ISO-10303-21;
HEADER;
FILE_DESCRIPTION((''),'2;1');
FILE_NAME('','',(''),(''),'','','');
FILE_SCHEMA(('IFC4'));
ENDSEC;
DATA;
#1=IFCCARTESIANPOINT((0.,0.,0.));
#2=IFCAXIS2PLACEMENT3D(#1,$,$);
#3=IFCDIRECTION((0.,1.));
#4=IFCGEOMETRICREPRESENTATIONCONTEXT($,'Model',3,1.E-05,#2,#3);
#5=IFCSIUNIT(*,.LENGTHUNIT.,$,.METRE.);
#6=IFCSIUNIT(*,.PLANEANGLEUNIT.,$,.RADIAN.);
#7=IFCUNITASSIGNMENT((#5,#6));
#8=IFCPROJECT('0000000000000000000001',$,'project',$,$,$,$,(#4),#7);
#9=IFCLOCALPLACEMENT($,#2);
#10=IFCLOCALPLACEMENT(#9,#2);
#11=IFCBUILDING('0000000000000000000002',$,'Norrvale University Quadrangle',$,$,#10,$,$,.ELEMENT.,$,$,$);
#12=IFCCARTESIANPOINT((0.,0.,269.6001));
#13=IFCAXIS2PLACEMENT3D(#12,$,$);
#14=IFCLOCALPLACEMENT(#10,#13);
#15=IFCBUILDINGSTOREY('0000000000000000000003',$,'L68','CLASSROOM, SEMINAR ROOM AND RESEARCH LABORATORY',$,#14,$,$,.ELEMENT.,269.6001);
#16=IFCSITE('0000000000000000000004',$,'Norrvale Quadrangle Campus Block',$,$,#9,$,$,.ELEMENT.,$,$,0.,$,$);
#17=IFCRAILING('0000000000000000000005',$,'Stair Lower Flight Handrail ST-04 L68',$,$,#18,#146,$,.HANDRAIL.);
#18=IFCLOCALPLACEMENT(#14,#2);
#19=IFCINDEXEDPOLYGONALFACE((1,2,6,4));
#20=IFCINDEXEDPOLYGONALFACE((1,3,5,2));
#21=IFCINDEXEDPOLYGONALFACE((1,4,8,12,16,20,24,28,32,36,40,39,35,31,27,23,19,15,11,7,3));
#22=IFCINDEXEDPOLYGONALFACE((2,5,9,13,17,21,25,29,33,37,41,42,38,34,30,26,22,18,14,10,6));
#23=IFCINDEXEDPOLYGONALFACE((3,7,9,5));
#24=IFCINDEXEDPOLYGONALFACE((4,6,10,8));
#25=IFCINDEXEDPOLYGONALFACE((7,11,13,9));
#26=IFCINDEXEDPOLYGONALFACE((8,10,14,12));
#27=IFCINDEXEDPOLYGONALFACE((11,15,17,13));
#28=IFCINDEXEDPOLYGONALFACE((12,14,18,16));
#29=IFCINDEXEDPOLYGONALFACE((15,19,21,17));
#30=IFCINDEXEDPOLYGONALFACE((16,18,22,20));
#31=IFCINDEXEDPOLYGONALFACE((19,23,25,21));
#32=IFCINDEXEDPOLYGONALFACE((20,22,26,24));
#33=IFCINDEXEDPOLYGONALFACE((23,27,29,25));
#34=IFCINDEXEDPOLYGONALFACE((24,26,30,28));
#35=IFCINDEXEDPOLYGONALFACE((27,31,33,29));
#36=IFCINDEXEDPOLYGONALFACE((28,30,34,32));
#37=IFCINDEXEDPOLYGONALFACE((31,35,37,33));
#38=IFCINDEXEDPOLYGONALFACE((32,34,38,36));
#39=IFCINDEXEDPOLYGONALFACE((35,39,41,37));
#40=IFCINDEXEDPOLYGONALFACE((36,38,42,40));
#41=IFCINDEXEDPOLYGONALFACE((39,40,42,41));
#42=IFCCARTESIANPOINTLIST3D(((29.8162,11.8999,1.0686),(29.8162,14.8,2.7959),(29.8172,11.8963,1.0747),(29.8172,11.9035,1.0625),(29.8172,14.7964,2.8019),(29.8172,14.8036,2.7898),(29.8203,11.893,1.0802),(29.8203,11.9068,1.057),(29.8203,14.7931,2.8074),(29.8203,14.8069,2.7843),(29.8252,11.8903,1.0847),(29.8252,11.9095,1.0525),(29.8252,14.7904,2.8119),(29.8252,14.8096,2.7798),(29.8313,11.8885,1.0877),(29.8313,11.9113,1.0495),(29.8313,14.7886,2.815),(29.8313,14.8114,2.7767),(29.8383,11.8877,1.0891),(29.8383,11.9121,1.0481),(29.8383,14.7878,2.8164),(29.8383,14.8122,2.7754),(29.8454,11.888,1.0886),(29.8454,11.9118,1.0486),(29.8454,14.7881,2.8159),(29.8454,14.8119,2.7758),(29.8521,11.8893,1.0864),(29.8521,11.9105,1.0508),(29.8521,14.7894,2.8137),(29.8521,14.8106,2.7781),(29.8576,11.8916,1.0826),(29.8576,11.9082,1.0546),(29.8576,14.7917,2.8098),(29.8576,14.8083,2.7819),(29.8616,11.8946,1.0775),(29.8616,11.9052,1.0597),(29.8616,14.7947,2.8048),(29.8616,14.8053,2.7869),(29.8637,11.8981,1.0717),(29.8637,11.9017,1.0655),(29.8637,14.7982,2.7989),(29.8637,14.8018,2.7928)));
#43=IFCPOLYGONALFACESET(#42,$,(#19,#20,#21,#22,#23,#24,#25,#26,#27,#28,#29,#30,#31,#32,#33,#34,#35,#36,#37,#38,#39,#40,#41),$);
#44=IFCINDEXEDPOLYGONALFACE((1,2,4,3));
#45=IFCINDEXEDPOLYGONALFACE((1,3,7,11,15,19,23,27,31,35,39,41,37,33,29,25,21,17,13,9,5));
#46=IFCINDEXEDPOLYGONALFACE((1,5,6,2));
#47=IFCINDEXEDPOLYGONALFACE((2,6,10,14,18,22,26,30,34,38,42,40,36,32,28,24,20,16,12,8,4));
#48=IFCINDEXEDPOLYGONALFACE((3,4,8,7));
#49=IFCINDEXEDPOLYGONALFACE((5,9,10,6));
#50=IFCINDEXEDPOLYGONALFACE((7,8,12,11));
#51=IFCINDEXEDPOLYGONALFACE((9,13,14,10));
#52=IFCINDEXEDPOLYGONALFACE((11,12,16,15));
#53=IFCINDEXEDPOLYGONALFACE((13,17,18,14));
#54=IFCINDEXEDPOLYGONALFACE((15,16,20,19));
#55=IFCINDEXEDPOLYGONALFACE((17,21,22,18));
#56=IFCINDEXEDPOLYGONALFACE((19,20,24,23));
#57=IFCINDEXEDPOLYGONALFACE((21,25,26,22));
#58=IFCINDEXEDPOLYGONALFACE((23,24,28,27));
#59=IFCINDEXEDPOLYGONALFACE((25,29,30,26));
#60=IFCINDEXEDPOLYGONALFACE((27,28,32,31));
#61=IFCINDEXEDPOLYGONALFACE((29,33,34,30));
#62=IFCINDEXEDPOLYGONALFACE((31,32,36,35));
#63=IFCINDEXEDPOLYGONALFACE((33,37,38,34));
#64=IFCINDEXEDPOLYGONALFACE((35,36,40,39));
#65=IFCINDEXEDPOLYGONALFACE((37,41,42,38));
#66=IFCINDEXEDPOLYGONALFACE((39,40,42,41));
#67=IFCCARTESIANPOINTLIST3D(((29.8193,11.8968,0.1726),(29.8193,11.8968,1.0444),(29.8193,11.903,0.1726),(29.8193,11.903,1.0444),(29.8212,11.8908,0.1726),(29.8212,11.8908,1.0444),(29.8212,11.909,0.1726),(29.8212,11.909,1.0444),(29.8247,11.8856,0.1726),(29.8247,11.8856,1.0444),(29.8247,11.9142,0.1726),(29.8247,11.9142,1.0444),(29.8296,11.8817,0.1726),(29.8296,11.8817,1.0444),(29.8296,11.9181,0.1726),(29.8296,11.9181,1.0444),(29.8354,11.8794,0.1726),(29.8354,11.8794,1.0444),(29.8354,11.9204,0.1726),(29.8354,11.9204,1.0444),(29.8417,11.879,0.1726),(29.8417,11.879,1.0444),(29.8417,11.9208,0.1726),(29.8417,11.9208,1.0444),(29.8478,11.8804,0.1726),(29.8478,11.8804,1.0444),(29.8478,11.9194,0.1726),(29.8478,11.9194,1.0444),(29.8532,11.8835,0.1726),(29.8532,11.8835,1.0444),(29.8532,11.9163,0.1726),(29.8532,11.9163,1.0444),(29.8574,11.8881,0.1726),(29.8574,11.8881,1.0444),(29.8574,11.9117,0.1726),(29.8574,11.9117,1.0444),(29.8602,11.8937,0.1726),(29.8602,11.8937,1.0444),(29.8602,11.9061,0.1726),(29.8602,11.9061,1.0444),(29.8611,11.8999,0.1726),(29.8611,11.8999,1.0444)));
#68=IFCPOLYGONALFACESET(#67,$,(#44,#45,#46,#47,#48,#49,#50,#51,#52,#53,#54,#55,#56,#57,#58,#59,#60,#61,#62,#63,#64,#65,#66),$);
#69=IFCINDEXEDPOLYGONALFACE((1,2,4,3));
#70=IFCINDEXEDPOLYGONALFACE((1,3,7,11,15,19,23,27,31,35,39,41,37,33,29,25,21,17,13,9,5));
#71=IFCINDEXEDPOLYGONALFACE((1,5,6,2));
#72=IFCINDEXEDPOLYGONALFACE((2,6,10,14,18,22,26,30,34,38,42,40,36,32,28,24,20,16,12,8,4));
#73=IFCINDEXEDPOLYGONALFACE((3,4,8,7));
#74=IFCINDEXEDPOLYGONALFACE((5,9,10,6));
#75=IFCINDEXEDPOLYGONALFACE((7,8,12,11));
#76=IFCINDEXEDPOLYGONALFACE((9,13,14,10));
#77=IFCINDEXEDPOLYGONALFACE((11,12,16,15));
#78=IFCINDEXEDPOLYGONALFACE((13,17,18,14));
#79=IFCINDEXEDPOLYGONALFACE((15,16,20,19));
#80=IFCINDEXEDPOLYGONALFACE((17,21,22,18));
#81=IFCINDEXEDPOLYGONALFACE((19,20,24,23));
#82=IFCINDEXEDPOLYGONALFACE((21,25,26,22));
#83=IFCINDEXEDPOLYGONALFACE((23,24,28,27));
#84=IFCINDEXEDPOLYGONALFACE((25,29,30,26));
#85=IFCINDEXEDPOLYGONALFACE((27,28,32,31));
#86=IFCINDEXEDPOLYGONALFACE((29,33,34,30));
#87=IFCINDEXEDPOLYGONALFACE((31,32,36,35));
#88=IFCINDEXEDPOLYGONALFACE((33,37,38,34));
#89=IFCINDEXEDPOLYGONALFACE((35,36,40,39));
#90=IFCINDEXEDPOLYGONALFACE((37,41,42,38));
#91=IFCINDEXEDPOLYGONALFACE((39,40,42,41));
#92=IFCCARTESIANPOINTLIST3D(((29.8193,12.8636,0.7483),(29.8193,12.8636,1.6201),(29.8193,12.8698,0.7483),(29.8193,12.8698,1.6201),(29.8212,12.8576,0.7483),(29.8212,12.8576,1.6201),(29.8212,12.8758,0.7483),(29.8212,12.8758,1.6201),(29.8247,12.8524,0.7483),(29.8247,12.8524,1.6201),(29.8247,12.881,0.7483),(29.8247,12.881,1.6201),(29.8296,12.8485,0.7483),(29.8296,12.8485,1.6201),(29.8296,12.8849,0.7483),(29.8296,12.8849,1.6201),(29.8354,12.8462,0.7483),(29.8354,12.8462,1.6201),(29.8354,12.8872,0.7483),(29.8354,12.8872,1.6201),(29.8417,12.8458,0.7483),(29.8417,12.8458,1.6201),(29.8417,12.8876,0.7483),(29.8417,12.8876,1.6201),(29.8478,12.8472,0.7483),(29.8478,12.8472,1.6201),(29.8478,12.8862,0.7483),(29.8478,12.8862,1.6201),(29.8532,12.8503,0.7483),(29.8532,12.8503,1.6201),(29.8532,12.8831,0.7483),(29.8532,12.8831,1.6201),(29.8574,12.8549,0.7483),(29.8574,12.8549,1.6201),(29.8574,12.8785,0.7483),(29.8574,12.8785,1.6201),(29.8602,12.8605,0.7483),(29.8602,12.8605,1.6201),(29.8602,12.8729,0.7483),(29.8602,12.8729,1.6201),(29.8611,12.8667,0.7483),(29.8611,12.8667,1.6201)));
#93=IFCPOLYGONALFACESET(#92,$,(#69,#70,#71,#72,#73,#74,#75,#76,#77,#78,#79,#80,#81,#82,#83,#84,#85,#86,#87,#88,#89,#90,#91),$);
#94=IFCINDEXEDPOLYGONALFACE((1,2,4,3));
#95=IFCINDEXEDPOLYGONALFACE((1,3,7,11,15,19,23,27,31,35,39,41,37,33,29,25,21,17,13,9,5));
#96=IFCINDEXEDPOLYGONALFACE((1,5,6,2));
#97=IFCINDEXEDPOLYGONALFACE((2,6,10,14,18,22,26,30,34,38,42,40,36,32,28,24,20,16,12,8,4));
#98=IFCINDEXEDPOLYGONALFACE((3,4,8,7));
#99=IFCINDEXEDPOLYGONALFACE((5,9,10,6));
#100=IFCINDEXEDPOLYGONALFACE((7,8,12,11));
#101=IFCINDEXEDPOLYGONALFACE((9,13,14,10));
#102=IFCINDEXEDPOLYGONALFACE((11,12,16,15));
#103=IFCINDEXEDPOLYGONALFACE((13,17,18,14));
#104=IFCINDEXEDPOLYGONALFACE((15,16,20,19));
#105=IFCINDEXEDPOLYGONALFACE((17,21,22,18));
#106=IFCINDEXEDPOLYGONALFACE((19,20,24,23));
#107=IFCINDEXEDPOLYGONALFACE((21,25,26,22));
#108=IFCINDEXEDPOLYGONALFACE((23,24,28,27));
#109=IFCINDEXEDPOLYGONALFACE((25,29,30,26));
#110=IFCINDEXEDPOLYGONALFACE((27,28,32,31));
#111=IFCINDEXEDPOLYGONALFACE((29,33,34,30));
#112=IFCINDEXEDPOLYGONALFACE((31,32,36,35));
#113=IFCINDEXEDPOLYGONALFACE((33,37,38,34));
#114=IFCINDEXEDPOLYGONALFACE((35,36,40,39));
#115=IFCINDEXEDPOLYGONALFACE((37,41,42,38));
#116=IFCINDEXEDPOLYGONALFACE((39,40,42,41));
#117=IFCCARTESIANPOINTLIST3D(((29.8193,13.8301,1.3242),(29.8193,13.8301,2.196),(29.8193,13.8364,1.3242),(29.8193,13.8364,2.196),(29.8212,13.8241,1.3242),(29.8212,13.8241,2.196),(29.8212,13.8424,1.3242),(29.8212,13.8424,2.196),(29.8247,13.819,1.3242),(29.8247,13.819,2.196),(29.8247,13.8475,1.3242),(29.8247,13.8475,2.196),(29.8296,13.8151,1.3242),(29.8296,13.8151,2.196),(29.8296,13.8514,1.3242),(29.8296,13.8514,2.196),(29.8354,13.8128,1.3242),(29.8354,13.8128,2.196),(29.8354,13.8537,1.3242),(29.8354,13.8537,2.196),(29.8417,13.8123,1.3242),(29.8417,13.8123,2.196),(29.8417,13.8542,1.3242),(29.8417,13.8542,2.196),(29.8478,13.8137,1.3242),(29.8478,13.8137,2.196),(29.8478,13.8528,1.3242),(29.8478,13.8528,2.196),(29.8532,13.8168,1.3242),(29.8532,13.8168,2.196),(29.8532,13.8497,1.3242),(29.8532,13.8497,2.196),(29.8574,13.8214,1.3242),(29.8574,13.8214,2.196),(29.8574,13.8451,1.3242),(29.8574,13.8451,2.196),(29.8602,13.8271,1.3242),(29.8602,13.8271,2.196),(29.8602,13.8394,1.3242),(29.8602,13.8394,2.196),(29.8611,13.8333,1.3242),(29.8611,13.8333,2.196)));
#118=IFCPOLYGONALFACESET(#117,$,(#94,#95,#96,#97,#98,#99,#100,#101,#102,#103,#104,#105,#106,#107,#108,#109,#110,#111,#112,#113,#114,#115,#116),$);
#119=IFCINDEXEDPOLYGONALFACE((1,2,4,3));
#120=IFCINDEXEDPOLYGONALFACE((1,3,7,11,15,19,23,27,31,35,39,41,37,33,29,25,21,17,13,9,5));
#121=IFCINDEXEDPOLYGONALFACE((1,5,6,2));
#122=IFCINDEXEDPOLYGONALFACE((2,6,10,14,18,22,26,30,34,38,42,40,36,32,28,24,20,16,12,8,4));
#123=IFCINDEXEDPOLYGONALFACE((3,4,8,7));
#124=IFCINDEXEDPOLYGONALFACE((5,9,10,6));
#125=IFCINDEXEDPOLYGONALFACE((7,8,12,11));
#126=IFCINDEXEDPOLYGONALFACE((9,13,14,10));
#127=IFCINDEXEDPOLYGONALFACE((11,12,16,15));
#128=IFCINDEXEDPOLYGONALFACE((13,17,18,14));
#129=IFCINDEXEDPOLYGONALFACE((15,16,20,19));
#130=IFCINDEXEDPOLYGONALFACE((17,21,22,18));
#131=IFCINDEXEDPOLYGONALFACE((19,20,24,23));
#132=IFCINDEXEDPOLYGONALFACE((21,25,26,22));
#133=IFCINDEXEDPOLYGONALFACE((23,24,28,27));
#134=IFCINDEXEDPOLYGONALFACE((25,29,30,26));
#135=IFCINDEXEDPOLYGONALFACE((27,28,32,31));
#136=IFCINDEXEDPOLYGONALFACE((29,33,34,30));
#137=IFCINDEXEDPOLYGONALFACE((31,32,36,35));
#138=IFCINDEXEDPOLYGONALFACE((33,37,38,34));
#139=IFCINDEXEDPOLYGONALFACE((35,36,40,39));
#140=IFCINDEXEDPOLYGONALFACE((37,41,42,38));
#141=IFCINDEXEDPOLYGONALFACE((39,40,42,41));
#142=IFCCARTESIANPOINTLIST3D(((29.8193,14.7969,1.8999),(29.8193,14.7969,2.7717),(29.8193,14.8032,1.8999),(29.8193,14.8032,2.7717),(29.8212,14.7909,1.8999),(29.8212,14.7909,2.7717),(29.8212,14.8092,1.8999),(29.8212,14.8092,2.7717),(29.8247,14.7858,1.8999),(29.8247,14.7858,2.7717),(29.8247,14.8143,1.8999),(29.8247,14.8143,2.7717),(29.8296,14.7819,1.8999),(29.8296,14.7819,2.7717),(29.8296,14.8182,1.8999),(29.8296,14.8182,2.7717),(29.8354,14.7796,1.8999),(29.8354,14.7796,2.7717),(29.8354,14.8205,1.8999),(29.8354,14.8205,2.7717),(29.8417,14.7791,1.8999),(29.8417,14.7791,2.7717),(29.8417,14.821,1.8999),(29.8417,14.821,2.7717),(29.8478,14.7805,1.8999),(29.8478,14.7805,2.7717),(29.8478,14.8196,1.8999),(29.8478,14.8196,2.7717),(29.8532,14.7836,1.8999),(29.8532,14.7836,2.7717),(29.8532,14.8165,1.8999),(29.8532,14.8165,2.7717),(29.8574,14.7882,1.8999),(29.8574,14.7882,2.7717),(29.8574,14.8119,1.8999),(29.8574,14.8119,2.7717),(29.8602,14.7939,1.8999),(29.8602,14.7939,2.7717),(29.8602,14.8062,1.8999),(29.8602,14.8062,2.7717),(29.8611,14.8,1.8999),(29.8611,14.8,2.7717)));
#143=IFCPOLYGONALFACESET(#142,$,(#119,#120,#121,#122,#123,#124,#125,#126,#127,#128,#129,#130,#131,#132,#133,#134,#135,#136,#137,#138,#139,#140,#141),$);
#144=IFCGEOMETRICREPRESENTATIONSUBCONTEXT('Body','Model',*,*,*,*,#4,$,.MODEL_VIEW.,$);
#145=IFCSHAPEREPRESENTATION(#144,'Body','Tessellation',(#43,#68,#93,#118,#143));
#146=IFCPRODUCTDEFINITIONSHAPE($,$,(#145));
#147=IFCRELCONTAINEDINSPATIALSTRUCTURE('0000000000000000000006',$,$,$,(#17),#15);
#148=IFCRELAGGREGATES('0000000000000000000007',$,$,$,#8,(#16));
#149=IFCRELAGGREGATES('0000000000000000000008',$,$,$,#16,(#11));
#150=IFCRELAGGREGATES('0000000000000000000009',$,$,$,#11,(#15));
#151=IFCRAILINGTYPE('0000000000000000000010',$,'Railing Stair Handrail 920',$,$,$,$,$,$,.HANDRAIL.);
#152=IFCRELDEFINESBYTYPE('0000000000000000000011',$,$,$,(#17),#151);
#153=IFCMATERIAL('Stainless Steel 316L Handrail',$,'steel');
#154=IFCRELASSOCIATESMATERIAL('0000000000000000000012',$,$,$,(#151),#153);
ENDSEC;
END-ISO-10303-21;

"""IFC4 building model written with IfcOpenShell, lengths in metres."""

from ifc_helpers import new_model, si_unit, direction, frame, origin, origin_2d, place, context, subcontext, project, spatial, circle, extrude, material, type_object, element, save


model = new_model("IFC4")

# Units and contexts
model_context = context("Model", 3, precision=1e-05, world=origin(), true_north=direction((0.0, 1.0)))
body_context = subcontext(model_context, "Body", "Model", "MODEL_VIEW")
ifc_project = project(units=[si_unit("LENGTHUNIT", "METRE"), si_unit("PLANEANGLEUNIT", "RADIAN")], contexts=[model_context])

# Site, building, storey
site_placement = place(None, origin())
site = spatial("IfcSite", under=ifc_project, at=site_placement, Name="Norrvale Quadrangle Campus Block", CompositionType="ELEMENT", RefElevation=0.0)
building_placement = place(site_placement, origin())
building = spatial("IfcBuilding", under=site, at=building_placement, Name="Norrvale University Quadrangle", CompositionType="ELEMENT")
storey_placement = place(building_placement, frame((0.0, 0.0, 269.6001)))
storey = spatial("IfcBuildingStorey", under=building, at=storey_placement, Name="L68", Description="CLASSROOM, SEMINAR ROOM AND RESEARCH LABORATORY", CompositionType="ELEMENT", Elevation=269.6001)

# Railing
ifc_material_1 = material(Name="Stainless Steel 316L Handrail", Category="steel")
railing_type_1 = type_object("IfcRailingType", Name="Railing Stair Handrail 920", PredefinedType="HANDRAIL", material=ifc_material_1)
railing_1_placement = place(storey_placement, frame((29.8401, 11.8999, 0.1726)))
element("IfcRailing", 1, at=railing_1_placement, inside=storey, type_object=railing_type_1, Name="Stair Lower Flight Handrail ST-04 L68", PredefinedType="HANDRAIL", context=body_context, shape_type="SweptSolid", body=[
    extrude(circle(Radius=0.0239, at=origin_2d()), frame((0.0, 0.0, 0.896), z_axis=(0.0, 0.85916, 0.511706), x_axis=(-1.0, 0.0, 0.0)), (0.0, 0.0, 1.0), 3.3755),
    extrude(circle(Radius=0.021, at=origin_2d()), origin(), (0.0, 0.0, 1.0), 0.8718),
    extrude(circle(Radius=0.021, at=origin_2d()), frame((0.0, 0.9668, 0.5757)), (0.0, 0.0, 1.0), 0.8718),
    extrude(circle(Radius=0.021, at=origin_2d()), frame((0.0, 1.9333, 1.1516)), (0.0, 0.0, 1.0), 0.8718),
    extrude(circle(Radius=0.021, at=origin_2d()), frame((0.0, 2.9001, 1.7273)), (0.0, 0.0, 1.0), 0.8718),
])

save(model, "model.ifc")
